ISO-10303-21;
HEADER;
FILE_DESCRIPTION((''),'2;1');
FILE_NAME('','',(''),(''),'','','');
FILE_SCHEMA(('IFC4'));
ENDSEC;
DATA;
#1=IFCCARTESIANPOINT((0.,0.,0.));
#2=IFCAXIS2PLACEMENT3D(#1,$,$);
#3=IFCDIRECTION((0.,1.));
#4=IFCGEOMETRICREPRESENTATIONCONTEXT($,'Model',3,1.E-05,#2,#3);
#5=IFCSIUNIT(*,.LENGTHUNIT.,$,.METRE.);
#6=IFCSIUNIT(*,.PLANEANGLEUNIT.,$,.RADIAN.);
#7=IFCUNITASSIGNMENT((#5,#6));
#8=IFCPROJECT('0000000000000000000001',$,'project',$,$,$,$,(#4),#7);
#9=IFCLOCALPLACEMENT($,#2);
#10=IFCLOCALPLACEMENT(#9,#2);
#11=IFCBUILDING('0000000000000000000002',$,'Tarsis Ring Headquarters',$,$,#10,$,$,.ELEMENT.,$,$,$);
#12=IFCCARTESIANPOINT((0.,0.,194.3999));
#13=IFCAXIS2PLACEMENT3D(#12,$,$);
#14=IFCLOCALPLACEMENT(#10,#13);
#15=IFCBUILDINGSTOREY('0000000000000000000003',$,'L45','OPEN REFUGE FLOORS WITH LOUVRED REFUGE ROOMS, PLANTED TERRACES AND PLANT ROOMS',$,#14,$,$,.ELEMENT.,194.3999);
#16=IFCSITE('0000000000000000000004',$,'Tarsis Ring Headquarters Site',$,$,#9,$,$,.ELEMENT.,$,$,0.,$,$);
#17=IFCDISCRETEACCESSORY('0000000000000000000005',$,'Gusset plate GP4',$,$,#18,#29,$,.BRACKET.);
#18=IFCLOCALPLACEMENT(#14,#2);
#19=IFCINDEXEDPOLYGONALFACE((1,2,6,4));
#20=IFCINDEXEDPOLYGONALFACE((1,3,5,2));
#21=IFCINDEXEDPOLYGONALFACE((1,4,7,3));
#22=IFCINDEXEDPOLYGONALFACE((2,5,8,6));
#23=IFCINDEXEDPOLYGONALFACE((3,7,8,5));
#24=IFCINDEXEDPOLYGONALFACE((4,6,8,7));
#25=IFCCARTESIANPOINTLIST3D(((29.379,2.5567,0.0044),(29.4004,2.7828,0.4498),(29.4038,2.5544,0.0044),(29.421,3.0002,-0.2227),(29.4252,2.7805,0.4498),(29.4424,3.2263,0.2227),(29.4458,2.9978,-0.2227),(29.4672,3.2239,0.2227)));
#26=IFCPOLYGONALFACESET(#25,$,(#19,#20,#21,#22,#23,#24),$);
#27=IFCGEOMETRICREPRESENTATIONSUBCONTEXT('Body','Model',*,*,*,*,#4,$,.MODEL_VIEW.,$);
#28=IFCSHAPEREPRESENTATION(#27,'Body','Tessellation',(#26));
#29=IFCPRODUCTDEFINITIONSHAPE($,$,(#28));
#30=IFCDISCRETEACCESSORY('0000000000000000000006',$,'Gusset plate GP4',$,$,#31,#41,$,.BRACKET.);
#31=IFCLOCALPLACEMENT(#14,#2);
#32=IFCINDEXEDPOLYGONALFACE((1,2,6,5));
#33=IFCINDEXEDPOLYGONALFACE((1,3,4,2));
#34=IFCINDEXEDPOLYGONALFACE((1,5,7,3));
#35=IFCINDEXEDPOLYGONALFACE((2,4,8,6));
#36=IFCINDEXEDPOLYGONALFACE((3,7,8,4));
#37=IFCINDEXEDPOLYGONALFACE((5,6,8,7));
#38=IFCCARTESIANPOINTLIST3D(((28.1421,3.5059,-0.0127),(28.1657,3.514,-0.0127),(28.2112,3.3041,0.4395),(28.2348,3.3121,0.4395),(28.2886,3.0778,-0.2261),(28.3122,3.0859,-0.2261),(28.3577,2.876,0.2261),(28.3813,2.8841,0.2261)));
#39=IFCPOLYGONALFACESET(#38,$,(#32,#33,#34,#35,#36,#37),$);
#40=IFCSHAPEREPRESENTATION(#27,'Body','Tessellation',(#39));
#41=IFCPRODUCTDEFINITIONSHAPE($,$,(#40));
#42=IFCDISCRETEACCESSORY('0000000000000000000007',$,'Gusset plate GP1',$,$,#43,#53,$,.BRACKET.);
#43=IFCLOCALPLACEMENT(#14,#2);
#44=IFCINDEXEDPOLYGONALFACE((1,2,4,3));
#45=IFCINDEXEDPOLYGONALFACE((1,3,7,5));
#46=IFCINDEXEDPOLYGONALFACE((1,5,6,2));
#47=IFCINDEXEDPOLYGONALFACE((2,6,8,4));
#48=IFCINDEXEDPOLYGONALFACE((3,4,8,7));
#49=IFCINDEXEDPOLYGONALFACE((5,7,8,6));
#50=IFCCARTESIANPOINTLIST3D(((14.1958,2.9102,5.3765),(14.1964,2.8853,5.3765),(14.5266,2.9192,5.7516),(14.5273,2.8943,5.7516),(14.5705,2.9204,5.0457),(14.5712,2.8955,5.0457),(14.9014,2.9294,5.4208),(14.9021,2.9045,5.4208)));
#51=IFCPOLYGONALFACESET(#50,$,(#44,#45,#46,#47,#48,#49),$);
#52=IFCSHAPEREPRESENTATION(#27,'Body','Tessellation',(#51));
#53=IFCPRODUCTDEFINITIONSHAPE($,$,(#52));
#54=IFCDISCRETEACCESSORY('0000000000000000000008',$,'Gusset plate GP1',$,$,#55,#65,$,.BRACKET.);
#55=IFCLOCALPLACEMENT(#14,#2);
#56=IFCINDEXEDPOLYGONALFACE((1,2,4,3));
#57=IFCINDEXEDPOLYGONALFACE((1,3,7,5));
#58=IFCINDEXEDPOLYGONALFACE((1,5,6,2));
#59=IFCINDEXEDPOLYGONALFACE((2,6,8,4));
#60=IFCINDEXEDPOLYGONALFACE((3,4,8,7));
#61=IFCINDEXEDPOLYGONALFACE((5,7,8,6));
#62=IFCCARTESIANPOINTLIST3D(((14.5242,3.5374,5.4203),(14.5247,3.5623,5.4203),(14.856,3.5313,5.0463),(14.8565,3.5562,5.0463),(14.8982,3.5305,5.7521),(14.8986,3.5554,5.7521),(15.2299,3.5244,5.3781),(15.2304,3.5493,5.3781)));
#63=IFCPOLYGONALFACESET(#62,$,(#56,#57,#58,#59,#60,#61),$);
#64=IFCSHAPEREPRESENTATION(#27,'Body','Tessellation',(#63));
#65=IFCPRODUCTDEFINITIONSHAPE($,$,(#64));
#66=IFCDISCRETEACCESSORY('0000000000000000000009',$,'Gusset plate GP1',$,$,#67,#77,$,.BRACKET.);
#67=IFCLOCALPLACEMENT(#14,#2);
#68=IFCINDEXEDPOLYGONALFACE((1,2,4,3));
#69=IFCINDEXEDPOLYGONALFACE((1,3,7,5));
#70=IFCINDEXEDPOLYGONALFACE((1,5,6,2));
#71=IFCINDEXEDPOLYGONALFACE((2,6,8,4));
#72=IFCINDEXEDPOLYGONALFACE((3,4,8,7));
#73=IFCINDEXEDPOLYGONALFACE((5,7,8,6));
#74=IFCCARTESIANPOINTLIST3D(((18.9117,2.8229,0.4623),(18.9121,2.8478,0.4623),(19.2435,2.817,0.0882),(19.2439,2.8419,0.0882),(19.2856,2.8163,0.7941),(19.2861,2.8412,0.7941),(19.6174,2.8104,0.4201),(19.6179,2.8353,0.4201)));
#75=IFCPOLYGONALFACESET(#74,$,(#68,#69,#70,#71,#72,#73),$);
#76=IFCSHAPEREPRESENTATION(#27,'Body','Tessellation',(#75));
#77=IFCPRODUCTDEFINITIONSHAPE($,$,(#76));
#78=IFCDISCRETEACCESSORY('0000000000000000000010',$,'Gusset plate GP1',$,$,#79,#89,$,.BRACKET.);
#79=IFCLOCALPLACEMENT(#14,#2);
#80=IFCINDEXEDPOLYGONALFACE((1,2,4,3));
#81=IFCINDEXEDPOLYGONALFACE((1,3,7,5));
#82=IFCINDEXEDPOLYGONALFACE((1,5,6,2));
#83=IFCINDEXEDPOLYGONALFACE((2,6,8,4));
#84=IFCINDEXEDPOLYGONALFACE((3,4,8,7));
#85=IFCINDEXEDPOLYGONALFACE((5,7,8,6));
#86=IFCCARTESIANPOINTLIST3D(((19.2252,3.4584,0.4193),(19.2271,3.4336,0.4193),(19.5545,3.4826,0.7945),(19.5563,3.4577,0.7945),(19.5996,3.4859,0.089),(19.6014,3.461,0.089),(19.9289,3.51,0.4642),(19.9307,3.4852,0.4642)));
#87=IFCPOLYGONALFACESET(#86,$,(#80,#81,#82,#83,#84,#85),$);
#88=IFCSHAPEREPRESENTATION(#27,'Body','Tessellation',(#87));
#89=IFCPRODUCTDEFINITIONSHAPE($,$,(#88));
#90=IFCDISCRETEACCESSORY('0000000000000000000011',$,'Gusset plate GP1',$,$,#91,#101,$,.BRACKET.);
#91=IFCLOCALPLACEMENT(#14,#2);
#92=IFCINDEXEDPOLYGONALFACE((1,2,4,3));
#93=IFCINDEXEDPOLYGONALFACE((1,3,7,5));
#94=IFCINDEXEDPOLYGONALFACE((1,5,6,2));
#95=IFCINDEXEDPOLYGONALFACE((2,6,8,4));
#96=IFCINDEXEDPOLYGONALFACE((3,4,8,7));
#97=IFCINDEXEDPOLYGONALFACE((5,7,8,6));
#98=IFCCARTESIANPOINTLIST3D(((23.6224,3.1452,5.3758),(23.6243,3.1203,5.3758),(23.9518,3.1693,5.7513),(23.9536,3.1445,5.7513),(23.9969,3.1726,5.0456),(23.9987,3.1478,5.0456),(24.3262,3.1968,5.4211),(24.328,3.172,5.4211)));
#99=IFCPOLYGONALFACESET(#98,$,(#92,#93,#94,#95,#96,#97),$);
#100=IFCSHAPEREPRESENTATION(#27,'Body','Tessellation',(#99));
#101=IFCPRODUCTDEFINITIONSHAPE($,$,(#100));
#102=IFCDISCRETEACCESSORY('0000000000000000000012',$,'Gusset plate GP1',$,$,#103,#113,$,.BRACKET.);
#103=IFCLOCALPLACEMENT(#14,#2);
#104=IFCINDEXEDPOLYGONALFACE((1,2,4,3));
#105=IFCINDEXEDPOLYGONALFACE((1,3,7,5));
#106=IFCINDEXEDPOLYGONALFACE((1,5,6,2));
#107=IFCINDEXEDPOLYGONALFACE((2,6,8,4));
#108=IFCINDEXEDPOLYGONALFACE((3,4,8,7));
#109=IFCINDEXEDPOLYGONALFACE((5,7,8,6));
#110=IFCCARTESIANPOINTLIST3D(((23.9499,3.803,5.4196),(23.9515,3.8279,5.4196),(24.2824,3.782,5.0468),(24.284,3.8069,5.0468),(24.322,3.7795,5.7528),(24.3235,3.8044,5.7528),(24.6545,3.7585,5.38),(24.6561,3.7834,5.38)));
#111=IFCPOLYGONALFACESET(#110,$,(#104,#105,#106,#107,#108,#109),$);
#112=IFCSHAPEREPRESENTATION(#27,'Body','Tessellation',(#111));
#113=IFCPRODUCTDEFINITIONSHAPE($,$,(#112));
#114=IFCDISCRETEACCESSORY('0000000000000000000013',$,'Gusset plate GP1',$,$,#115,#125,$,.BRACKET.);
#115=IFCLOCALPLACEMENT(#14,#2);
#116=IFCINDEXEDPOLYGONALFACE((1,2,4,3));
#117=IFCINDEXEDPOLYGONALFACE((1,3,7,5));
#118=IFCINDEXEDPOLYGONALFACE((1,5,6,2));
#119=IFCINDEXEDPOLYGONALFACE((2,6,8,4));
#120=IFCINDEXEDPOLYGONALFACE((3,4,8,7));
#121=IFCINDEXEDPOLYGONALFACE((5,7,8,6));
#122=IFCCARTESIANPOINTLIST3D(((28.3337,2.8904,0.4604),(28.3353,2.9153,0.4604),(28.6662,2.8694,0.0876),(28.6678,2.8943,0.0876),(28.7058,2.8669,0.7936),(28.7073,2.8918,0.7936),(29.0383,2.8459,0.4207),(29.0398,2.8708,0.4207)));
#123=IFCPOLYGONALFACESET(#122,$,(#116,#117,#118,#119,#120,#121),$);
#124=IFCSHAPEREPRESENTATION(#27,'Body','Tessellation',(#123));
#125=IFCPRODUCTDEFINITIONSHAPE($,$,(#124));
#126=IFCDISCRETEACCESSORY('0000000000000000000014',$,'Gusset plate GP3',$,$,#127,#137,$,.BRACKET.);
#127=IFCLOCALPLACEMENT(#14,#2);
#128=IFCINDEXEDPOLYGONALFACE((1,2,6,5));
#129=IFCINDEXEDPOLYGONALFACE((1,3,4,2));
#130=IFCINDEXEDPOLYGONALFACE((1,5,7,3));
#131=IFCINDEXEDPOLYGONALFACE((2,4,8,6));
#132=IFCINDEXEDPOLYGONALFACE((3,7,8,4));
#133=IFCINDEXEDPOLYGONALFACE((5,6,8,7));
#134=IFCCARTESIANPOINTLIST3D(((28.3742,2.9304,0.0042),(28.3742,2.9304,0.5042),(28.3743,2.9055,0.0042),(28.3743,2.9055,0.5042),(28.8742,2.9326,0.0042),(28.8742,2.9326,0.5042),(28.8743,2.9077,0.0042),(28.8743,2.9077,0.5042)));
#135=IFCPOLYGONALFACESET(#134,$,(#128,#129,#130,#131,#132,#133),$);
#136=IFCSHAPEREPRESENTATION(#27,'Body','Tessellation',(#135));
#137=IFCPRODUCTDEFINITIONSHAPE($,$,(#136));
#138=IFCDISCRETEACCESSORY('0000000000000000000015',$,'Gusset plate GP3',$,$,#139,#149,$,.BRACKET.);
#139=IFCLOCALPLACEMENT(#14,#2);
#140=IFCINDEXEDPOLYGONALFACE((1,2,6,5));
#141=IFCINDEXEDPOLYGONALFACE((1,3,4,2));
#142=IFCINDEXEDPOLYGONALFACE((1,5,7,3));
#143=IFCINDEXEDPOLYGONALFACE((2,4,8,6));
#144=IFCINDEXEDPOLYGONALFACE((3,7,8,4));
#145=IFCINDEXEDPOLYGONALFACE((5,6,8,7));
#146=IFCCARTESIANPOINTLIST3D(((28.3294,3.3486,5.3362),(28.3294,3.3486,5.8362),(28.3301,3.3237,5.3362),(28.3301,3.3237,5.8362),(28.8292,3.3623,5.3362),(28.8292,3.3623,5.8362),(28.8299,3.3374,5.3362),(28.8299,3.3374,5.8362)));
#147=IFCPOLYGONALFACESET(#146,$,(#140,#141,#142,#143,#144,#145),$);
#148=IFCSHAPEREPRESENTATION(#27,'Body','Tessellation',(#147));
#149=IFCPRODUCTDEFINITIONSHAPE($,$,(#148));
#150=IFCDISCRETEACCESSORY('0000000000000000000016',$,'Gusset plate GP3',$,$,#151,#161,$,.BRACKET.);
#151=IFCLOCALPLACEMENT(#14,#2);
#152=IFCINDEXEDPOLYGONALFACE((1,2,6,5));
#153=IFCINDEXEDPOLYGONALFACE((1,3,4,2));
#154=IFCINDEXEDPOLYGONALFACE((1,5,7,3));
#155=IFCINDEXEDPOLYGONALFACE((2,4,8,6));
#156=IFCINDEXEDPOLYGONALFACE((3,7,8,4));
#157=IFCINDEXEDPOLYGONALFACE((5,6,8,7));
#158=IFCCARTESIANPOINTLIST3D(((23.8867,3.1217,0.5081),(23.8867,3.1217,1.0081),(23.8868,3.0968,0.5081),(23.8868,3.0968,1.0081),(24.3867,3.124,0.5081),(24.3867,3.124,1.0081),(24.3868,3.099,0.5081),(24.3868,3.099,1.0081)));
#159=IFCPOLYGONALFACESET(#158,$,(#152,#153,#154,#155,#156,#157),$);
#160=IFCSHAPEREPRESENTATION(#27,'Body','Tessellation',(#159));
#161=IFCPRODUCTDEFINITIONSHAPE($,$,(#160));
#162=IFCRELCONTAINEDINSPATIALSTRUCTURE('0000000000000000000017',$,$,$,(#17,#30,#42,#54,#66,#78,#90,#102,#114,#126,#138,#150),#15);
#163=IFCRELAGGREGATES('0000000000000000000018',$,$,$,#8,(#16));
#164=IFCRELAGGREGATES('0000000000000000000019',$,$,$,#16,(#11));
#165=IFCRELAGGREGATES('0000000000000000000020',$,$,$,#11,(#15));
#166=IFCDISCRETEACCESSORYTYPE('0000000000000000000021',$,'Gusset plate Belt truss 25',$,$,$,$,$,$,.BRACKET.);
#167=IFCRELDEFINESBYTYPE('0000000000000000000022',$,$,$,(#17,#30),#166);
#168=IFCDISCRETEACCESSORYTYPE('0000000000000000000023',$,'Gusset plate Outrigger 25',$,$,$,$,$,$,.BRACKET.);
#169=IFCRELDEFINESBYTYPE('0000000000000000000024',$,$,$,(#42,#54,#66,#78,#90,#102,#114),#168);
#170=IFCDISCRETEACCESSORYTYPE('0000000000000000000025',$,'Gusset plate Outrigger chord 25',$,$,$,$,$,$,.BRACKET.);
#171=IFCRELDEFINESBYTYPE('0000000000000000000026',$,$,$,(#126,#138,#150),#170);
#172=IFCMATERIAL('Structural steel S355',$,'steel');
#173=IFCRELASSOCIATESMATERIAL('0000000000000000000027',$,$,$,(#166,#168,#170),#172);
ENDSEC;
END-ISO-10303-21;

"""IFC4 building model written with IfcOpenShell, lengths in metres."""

from ifc_helpers import new_model, si_unit, direction, frame, origin, origin_2d, place, context, subcontext, project, spatial, rectangle, extrude, material, material_profile, profile_set, type_object, element, save


model = new_model("IFC4")

# Units and contexts
model_context = context("Model", 3, precision=1e-05, world=origin(), true_north=direction((0.0, 1.0)))
body_context = subcontext(model_context, "Body", "Model", "MODEL_VIEW")
ifc_project = project(units=[si_unit("LENGTHUNIT", "METRE"), si_unit("PLANEANGLEUNIT", "RADIAN")], contexts=[model_context])

# Site, building, storey
site_placement = place(None, origin())
site = spatial("IfcSite", under=ifc_project, at=site_placement, Name="Tarsis Ring Headquarters Site", CompositionType="ELEMENT", RefElevation=0.0)
building_placement = place(site_placement, origin())
building = spatial("IfcBuilding", under=site, at=building_placement, Name="Tarsis Ring Headquarters", CompositionType="ELEMENT")
storey_placement = place(building_placement, frame((0.0, 0.0, 194.3999)))
storey = spatial("IfcBuildingStorey", under=building, at=storey_placement, Name="L45", Description="OPEN REFUGE FLOORS WITH LOUVRED REFUGE ROOMS, PLANTED TERRACES AND PLANT ROOMS", CompositionType="ELEMENT", Elevation=194.3999)

# Shared definitions
ifc_material_1 = material(Name="Structural steel S355", Category="steel")

# Discrete accessories
ifc_material_profile_1 = material_profile(ifc_material_1, rectangle(XDim=0.0249, YDim=0.5, at=origin_2d()), Name="PL 25x500")
ifc_profile_set_1 = profile_set([ifc_material_profile_1], Name="Structural steel S355")
discrete_accessory_type_1 = type_object("IfcDiscreteAccessoryType", Name="Gusset plate Belt truss 25", PredefinedType="BRACKET", material=ifc_profile_set_1)
discrete_accessory_1_placement = place(storey_placement, frame((29.4441, 3.1121, 0.0), z_axis=(-0.084004, -0.886926, 0.454208), x_axis=(0.995545, -0.094292, 0.0)))
element("IfcDiscreteAccessory", 1, at=discrete_accessory_1_placement, inside=storey, type_object=discrete_accessory_type_1, Name="Gusset plate GP4", PredefinedType="BRACKET", context=body_context, shape_type="SweptSolid", body=[
    extrude(rectangle(XDim=0.0249, YDim=0.5, at=origin_2d()), origin(), (0.0, 0.0, 1.0), 0.5),
])
discrete_accessory_2_placement = place(storey_placement, frame((28.335, 2.981, 0.0), z_axis=(-0.292879, 0.855694, 0.426627), x_axis=(-0.946116, -0.323828, 0.0)))
element("IfcDiscreteAccessory", 2, at=discrete_accessory_2_placement, inside=storey, type_object=discrete_accessory_type_1, Name="Gusset plate GP4", PredefinedType="BRACKET", context=body_context, shape_type="SweptSolid", body=[
    extrude(rectangle(XDim=0.0249, YDim=0.5, at=origin_2d()), origin(), (0.0, 0.0, 1.0), 0.5002),
])
discrete_accessory_type_2 = type_object("IfcDiscreteAccessoryType", Name="Gusset plate Outrigger 25", PredefinedType="BRACKET", material=ifc_profile_set_1)
discrete_accessory_3_placement = place(storey_placement, frame((14.7144, 2.9119, 5.5862), z_axis=(-0.661433, -0.018061, -0.749787), x_axis=(0.027296, -0.999627, 0.0)))
element("IfcDiscreteAccessory", 3, at=discrete_accessory_3_placement, inside=storey, type_object=discrete_accessory_type_2, Name="Gusset plate GP1", PredefinedType="BRACKET", context=body_context, shape_type="SweptSolid", body=[
    extrude(rectangle(XDim=0.0249, YDim=0.5, at=origin_2d()), origin(), (0.0, 0.0, 1.0), 0.5002),
])
for number, where, z_axis, x_axis, name in (
    (4, (14.7114, 3.5464, 5.5862), (0.663556, -0.012207, -0.748027), (0.018393, 0.999831, 0.0), "Gusset plate GP1"),
    (5, (19.4307, 2.8262, 0.2542), (-0.66356, 0.011719, 0.748031), (-0.017657, -0.999844, 0.0), "Gusset plate GP1"),
):
    element("IfcDiscreteAccessory", number, at=place(storey_placement, frame(where, z_axis=z_axis, x_axis=x_axis)), inside=storey, type_object=discrete_accessory_type_2, Name=name, PredefinedType="BRACKET", context=body_context, shape_type="SweptSolid", body=[
        extrude(rectangle(XDim=0.0249, YDim=0.5, at=origin_2d()), origin(), (0.0, 0.0, 1.0), 0.5),
    ])
discrete_accessory_4_placement = place(storey_placement, frame((19.4133, 3.4597, 0.2542), z_axis=(0.658875, 0.048353, 0.750697), x_axis=(-0.073191, 0.997318, 0.0)))
element("IfcDiscreteAccessory", 6, at=discrete_accessory_4_placement, inside=storey, type_object=discrete_accessory_type_2, Name="Gusset plate GP1", PredefinedType="BRACKET", context=body_context, shape_type="SweptSolid", body=[
    extrude(rectangle(XDim=0.0249, YDim=0.5, at=origin_2d()), origin(), (0.0, 0.0, 1.0), 0.4998),
])
for number, where, z_axis, x_axis, name in (
    (7, (24.1399, 3.1707, 5.5862), (-0.658633, -0.048336, -0.75091), (0.073191, -0.997318, 0.0), "Gusset plate GP1"),
    (8, (24.1367, 3.8037, 5.5862), (0.66505, -0.041993, -0.745617), (0.063017, 0.998012, 0.0), "Gusset plate GP1"),
    (9, (28.853, 2.8701, 0.2542), (-0.66505, 0.041993, 0.745617), (-0.063017, -0.998012, 0.0), "Gusset plate GP1"),
):
    element("IfcDiscreteAccessory", number, at=place(storey_placement, frame(where, z_axis=z_axis, x_axis=x_axis)), inside=storey, type_object=discrete_accessory_type_2, Name=name, PredefinedType="BRACKET", context=body_context, shape_type="SweptSolid", body=[
        extrude(rectangle(XDim=0.0249, YDim=0.5, at=origin_2d()), origin(), (0.0, 0.0, 1.0), 0.5),
    ])
discrete_accessory_type_3 = type_object("IfcDiscreteAccessoryType", Name="Gusset plate Outrigger chord 25", PredefinedType="BRACKET", material=ifc_profile_set_1)
for number, where, z_axis, x_axis, name in (
    (10, (28.8743, 2.9202, 0.2542), (-0.99999, -0.004394, 0.0), (0.004394, -0.99999, 0.0), "Gusset plate GP3"),
    (11, (28.8296, 3.3499, 5.5862), (-0.999626, -0.027347, 0.0), (0.027347, -0.999626, 0.0), "Gusset plate GP3"),
    (12, (24.1367, 3.1104, 0.5081), (0.0, 0.0, 1.0), (0.004592, -0.999989, 0.0), "Gusset plate GP3"),
):
    element("IfcDiscreteAccessory", number, at=place(storey_placement, frame(where, z_axis=z_axis, x_axis=x_axis)), inside=storey, type_object=discrete_accessory_type_3, Name=name, PredefinedType="BRACKET", context=body_context, shape_type="SweptSolid", body=[
        extrude(rectangle(XDim=0.0249, YDim=0.5, at=origin_2d()), origin(), (0.0, 0.0, 1.0), 0.5),
    ])

save(model, "model.ifc")
